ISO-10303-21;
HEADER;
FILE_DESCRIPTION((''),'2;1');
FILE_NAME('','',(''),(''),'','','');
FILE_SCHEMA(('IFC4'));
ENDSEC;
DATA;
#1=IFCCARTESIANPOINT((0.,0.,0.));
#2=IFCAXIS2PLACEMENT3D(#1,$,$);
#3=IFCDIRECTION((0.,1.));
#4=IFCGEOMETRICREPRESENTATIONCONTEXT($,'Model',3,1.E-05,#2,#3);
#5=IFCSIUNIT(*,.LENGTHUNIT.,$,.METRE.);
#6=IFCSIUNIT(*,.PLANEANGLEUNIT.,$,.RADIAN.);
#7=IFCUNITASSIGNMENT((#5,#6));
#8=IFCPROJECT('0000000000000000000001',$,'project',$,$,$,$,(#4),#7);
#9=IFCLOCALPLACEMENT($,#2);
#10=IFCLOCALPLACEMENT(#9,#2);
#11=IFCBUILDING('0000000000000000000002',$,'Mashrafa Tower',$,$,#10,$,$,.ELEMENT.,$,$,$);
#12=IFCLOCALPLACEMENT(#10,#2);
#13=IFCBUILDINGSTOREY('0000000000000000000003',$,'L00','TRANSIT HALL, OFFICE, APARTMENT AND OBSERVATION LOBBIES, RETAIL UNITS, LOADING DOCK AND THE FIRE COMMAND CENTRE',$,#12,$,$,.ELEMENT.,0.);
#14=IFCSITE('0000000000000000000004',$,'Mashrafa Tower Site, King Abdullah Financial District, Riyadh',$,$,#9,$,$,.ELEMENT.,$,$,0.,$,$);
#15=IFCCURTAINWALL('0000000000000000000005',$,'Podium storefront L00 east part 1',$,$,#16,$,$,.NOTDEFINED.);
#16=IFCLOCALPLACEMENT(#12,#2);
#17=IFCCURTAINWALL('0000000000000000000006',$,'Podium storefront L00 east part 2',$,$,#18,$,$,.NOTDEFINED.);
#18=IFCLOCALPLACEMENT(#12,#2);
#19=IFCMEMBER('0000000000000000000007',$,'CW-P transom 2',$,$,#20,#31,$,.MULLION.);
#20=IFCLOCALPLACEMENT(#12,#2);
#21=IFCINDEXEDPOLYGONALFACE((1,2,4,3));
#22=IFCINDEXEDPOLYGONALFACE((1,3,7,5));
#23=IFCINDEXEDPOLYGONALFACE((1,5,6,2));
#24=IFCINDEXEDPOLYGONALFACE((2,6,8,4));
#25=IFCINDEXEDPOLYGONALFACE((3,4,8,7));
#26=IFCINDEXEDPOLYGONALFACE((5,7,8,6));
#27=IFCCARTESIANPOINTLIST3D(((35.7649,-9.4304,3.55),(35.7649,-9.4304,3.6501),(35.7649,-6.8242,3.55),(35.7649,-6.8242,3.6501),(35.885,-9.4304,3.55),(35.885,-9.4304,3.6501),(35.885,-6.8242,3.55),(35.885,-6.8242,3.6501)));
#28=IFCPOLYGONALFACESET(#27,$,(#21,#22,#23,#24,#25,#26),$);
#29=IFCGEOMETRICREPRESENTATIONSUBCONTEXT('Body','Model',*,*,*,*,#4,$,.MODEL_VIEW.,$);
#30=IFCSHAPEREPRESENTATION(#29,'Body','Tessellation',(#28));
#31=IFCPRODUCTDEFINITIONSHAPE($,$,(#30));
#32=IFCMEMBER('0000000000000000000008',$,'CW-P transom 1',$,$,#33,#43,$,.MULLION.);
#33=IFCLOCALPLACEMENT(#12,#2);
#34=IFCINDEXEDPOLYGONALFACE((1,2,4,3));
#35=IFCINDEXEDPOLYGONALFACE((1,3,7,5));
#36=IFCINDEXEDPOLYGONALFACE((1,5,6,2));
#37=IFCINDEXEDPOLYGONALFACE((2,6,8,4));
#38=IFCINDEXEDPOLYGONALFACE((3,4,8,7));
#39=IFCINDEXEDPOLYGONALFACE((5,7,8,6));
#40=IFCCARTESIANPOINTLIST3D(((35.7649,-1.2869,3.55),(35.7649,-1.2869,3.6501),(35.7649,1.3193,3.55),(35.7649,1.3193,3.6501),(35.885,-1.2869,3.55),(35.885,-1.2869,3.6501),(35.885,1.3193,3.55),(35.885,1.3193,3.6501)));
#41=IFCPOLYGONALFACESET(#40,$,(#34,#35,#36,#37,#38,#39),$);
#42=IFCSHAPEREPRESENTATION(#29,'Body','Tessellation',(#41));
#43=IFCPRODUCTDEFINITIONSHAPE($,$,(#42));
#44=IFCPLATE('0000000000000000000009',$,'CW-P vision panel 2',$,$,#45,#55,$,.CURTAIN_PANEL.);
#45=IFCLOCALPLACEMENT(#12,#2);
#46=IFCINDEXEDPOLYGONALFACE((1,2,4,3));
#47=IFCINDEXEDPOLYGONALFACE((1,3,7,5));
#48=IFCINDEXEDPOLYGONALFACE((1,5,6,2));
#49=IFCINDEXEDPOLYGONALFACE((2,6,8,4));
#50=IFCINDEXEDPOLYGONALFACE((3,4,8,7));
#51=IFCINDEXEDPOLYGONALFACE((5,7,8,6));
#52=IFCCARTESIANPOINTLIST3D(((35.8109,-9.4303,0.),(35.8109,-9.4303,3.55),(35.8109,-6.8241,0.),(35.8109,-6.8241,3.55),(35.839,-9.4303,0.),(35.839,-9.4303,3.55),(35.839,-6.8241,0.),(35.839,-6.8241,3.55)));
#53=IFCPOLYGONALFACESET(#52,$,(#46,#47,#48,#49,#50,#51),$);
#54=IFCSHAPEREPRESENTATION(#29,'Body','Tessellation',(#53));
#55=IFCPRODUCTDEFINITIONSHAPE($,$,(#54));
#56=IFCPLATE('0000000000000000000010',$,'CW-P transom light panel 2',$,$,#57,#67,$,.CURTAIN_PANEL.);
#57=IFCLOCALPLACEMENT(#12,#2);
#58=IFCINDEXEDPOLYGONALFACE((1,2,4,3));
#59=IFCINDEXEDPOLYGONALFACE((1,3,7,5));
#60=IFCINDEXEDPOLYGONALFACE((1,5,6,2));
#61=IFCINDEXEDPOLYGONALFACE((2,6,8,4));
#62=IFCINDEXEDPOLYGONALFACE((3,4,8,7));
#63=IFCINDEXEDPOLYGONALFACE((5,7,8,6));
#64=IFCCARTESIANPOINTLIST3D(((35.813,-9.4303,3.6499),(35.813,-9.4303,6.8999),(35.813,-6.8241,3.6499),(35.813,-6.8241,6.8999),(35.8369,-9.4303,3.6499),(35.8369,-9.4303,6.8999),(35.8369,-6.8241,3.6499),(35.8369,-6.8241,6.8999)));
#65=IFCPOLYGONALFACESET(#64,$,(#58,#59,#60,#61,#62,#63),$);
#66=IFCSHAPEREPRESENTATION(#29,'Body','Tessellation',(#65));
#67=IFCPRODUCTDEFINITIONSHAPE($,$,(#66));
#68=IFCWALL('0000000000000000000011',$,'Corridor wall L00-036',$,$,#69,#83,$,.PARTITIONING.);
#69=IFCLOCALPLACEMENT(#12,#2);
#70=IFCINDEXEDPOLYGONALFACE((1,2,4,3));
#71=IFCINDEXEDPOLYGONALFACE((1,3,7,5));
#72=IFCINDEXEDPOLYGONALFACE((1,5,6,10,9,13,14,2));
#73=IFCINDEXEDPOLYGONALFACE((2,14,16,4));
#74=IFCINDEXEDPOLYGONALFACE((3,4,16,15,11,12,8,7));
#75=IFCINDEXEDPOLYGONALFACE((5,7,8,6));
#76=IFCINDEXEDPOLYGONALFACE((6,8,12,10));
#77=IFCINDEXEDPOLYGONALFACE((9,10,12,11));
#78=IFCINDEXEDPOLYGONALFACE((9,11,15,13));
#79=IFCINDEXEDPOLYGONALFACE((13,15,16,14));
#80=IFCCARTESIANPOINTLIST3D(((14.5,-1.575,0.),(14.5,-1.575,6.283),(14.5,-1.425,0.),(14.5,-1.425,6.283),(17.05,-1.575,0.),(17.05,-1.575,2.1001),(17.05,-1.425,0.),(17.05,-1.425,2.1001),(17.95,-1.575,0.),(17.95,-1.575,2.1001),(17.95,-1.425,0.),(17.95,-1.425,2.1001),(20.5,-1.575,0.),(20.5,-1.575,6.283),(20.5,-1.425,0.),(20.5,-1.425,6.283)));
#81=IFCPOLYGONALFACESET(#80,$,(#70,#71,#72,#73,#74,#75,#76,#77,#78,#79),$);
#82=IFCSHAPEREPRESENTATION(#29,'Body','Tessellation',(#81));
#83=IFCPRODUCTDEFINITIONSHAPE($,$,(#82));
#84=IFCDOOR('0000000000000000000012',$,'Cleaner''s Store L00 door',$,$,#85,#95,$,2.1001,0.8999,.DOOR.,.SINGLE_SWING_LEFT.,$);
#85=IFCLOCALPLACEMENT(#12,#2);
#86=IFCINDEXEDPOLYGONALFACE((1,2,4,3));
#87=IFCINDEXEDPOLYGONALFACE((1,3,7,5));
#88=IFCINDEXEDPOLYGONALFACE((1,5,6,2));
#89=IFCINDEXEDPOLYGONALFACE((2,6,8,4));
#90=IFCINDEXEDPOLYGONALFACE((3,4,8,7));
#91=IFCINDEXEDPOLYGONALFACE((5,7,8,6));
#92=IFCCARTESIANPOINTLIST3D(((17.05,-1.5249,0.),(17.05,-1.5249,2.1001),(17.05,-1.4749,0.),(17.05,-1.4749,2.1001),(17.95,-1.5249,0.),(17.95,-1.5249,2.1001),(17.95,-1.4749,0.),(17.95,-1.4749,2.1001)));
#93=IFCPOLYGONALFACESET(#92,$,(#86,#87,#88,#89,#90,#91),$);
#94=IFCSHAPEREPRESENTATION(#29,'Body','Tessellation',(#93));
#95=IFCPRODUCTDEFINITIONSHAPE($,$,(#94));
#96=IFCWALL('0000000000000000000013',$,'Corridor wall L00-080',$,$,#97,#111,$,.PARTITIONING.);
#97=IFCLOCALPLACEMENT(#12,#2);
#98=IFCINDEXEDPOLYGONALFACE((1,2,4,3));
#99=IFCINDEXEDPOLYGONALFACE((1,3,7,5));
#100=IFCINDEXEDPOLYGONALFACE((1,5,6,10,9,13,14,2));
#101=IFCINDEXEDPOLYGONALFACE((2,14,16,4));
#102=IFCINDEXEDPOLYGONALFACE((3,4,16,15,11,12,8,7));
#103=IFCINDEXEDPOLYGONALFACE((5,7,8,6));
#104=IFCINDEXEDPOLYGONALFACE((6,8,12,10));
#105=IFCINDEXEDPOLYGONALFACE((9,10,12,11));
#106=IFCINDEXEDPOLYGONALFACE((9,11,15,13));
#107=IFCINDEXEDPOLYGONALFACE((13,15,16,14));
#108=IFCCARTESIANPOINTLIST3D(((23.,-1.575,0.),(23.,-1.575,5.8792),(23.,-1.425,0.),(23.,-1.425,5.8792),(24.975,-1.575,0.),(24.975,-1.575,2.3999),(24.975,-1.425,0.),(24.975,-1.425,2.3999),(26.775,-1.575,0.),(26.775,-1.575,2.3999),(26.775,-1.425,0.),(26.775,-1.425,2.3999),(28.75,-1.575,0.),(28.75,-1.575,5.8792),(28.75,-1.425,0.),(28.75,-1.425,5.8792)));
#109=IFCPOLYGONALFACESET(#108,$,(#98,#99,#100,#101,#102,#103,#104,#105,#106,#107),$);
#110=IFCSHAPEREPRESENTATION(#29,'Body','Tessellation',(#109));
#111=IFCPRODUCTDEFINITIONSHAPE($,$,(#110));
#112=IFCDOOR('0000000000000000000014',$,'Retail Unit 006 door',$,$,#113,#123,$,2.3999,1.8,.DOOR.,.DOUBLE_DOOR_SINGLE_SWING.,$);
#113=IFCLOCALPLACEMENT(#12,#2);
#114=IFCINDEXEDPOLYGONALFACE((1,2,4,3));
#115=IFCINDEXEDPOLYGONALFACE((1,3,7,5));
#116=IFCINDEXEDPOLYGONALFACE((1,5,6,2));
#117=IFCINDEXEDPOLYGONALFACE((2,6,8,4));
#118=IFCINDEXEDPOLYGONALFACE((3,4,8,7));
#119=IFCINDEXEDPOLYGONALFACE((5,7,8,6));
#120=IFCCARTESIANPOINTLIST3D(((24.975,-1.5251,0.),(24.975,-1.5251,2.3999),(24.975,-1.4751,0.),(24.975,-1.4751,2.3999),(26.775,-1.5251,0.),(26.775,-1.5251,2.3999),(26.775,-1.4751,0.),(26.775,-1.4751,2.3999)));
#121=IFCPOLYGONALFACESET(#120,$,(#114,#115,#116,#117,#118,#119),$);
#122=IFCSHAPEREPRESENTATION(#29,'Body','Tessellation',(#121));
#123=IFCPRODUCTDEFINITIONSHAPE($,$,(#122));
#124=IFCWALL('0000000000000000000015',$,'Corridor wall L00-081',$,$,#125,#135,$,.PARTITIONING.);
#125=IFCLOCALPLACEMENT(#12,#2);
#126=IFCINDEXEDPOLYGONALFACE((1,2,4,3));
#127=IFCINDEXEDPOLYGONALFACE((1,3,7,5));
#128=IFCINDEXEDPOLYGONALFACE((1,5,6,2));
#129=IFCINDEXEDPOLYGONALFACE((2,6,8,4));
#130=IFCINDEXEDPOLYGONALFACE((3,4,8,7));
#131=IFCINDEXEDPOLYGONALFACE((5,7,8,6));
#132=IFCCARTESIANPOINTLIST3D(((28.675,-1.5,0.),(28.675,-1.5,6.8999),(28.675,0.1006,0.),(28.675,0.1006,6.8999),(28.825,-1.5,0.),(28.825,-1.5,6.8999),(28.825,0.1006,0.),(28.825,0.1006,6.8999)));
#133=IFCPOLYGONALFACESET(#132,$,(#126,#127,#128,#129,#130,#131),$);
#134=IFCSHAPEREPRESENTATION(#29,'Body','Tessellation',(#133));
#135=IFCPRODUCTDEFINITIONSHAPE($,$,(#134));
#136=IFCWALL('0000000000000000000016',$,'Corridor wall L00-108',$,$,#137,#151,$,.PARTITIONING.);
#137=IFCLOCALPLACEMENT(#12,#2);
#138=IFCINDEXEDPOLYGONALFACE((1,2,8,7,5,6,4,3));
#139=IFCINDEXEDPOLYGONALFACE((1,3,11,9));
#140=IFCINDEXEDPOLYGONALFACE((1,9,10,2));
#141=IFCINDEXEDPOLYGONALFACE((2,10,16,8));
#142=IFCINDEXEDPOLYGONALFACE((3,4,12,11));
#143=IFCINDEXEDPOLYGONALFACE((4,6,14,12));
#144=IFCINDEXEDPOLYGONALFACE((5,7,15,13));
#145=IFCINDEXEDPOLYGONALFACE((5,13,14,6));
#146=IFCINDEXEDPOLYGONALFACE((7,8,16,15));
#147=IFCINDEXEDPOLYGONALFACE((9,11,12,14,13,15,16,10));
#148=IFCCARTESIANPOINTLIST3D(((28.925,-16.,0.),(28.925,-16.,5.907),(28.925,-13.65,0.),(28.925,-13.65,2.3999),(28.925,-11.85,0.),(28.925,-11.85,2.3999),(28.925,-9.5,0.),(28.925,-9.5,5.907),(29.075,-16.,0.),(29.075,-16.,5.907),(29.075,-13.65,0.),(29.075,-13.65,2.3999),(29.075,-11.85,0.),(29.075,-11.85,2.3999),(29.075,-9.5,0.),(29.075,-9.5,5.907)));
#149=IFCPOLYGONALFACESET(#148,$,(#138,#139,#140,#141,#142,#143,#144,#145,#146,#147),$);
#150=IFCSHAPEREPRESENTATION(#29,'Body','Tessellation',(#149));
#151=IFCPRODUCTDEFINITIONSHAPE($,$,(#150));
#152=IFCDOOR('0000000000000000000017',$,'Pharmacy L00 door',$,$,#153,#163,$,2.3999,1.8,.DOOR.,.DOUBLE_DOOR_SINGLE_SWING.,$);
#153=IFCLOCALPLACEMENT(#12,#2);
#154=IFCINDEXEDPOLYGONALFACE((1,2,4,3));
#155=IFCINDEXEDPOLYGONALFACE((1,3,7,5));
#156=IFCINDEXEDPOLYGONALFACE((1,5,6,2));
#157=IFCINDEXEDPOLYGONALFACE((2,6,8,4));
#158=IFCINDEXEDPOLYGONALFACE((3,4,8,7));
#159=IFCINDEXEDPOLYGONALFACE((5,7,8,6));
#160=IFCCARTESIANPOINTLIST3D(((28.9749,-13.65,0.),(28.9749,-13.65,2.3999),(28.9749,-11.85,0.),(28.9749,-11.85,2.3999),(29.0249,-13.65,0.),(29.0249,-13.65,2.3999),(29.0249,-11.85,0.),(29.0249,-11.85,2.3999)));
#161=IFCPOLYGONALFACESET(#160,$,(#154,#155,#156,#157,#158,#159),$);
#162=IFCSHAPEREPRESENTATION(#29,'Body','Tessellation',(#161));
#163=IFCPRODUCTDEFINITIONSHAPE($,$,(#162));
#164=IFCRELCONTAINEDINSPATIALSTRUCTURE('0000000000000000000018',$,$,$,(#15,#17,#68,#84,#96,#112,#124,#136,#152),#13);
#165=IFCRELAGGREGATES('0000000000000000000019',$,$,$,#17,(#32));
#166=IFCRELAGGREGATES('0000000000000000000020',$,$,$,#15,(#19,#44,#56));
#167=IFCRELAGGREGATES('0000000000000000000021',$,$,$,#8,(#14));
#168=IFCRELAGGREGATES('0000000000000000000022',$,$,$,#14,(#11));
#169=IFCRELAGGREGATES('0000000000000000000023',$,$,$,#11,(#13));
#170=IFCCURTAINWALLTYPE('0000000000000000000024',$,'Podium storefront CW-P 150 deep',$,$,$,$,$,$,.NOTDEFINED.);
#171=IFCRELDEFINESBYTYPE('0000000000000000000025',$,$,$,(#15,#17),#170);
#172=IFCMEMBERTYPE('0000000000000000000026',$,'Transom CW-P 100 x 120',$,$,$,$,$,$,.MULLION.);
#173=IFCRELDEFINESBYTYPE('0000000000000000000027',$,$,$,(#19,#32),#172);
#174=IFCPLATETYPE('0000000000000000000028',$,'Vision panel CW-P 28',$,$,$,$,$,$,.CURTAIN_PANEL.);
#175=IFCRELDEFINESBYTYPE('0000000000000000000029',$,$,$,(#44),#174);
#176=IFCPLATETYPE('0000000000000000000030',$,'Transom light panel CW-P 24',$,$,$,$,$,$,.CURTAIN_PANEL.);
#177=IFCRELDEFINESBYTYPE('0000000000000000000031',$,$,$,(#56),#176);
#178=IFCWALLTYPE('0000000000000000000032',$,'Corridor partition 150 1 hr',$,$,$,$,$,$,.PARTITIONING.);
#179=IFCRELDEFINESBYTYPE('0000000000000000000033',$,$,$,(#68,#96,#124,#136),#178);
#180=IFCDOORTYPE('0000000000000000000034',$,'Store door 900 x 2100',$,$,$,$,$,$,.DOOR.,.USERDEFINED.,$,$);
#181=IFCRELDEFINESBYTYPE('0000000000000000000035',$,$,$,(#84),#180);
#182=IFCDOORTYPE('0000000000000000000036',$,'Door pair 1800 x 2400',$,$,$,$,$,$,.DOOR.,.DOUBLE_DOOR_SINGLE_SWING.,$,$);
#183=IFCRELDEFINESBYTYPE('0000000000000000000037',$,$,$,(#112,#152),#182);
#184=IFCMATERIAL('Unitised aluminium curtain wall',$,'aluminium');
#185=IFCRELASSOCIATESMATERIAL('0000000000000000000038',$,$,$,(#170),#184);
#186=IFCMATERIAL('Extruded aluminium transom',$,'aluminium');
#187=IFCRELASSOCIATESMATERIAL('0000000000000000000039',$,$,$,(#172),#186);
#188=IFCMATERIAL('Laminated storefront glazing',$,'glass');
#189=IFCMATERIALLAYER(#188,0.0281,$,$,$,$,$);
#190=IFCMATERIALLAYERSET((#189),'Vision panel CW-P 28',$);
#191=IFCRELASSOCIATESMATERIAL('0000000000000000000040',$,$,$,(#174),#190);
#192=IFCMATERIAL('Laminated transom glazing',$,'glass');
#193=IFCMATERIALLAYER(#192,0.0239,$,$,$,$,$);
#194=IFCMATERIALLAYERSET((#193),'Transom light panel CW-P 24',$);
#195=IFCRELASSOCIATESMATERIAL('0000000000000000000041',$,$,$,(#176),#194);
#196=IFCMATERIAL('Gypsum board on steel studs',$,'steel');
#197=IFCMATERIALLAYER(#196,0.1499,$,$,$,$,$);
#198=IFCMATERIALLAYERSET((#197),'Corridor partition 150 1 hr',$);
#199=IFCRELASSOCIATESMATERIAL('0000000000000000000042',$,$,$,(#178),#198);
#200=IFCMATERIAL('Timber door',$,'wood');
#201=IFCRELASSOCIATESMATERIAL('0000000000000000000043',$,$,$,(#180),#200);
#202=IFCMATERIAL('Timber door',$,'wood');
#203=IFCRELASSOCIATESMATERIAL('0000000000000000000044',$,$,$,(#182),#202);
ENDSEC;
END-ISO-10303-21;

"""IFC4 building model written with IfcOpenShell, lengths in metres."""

from ifc_helpers import new_model, si_unit, direction, frame, frame_2d, origin, origin_2d, place, context, subcontext, project, spatial, rectangle, extrude, source, transform, mapped, material, layer, layer_set, material_profile, profile_set, type_object, type_shapes, element, fill, aggregate, save


model = new_model("IFC4")

# Units and contexts
model_context = context("Model", 3, precision=1e-05, world=origin(), true_north=direction((0.0, 1.0)))
body_context = subcontext(model_context, "Body", "Model", "MODEL_VIEW")
ifc_project = project(units=[si_unit("LENGTHUNIT", "METRE"), si_unit("PLANEANGLEUNIT", "RADIAN")], contexts=[model_context])

# Site, building, storey
site_placement = place(None, origin())
site = spatial("IfcSite", under=ifc_project, at=site_placement, Name="Mashrafa Tower Site, King Abdullah Financial District, Riyadh", CompositionType="ELEMENT", RefElevation=0.0)
building_placement = place(site_placement, origin())
building = spatial("IfcBuilding", under=site, at=building_placement, Name="Mashrafa Tower", CompositionType="ELEMENT")
storey_placement = place(building_placement, origin())
storey = spatial("IfcBuildingStorey", under=building, at=storey_placement, Name="L00", Description="TRANSIT HALL, OFFICE, APARTMENT AND OBSERVATION LOBBIES, RETAIL UNITS, LOADING DOCK AND THE FIRE COMMAND CENTRE", CompositionType="ELEMENT", Elevation=0.0)

# Curtain wall
ifc_material_1 = material(Name="Unitised aluminium curtain wall", Category="aluminium")
curtain_wall_type = type_object("IfcCurtainWallType", Name="Podium storefront CW-P 150 deep", PredefinedType="NOTDEFINED", material=ifc_material_1)
curtain_wall_1_placement = place(storey_placement, origin())
curtain_wall_1 = element("IfcCurtainWall", 1, at=curtain_wall_1_placement, inside=storey, type_object=curtain_wall_type, Name="Podium storefront L00 east part 1", PredefinedType="NOTDEFINED")

# Curtain wall
curtain_wall_2_placement = place(storey_placement, origin())
curtain_wall_2 = element("IfcCurtainWall", 2, at=curtain_wall_2_placement, inside=storey, type_object=curtain_wall_type, Name="Podium storefront L00 east part 2", PredefinedType="NOTDEFINED")

# Members
ifc_material_2 = material(Name="Extruded aluminium transom", Category="aluminium")
ifc_material_profile_1 = material_profile(ifc_material_2, rectangle(XDim=0.1201, YDim=0.1001, at=origin_2d()), Name="Transom 100x120")
ifc_profile_set_1 = profile_set([ifc_material_profile_1], Name="Extruded aluminium transom")
member_type_1 = type_object("IfcMemberType", Name="Transom CW-P 100 x 120", PredefinedType="MULLION", material=ifc_profile_set_1)
shared_shape_1 = source(origin(), body_context, "Body", "SweptSolid", [
    extrude(rectangle(XDim=0.1201, YDim=0.1001, at=origin_2d()), origin(), (0.0, 0.0, 1.0), 2.6062),
])
type_shapes(member_type_1, [shared_shape_1])
member_1_placement = place(storey_placement, frame((35.825, -9.4304, 3.6001), z_axis=(0.0, 1.0, 0.0), x_axis=(-1.0, 0.0, 0.0)))
member_1 = element("IfcMember", 3, at=member_1_placement, type_object=member_type_1, Name="CW-P transom 2", PredefinedType="MULLION", context=body_context, shape_type="MappedRepresentation", body=[
    mapped(shared_shape_1, transform((0.0, 0.0, 0.0))),
])
member_2_placement = place(storey_placement, frame((35.825, -1.2869, 3.6001), z_axis=(0.0, 1.0, 0.0), x_axis=(-1.0, 0.0, 0.0)))
member_2 = element("IfcMember", 4, at=member_2_placement, type_object=member_type_1, Name="CW-P transom 1", PredefinedType="MULLION", context=body_context, shape_type="MappedRepresentation", body=[
    mapped(shared_shape_1, transform((0.0, 0.0, 0.0))),
])
aggregate(curtain_wall_2, [member_2])

# Plates
ifc_material_3 = material(Name="Laminated storefront glazing", Category="glass")
ifc_layer_1 = layer(ifc_material_3, 0.0281)
ifc_layer_set_1 = layer_set([ifc_layer_1], Name="Vision panel CW-P 28")
plate_type_1 = type_object("IfcPlateType", Name="Vision panel CW-P 28", PredefinedType="CURTAIN_PANEL", material=ifc_layer_set_1)
shared_shape_2 = source(origin(), body_context, "Body", "SweptSolid", [
    extrude(rectangle(XDim=2.6062, YDim=0.0281, at=origin_2d()), origin(), (0.0, 0.0, 1.0), 3.55),
])
type_shapes(plate_type_1, [shared_shape_2])
plate_1_placement = place(storey_placement, frame((35.825, -8.1272, 0.0), z_axis=(0.0, 0.0, 1.0), x_axis=(0.0, 1.0, 0.0)))
plate_1 = element("IfcPlate", 5, at=plate_1_placement, type_object=plate_type_1, Name="CW-P vision panel 2", PredefinedType="CURTAIN_PANEL", context=body_context, shape_type="MappedRepresentation", body=[
    mapped(shared_shape_2, transform((0.0, 0.0, 0.0))),
])
ifc_material_4 = material(Name="Laminated transom glazing", Category="glass")
ifc_layer_2 = layer(ifc_material_4, 0.0239)
ifc_layer_set_2 = layer_set([ifc_layer_2], Name="Transom light panel CW-P 24")
plate_type_2 = type_object("IfcPlateType", Name="Transom light panel CW-P 24", PredefinedType="CURTAIN_PANEL", material=ifc_layer_set_2)
shared_shape_3 = source(origin(), body_context, "Body", "SweptSolid", [
    extrude(rectangle(XDim=2.6062, YDim=0.0239, at=origin_2d()), origin(), (0.0, 0.0, 1.0), 3.25),
])
type_shapes(plate_type_2, [shared_shape_3])
plate_2_placement = place(storey_placement, frame((35.825, -8.1272, 3.6499), z_axis=(0.0, 0.0, 1.0), x_axis=(0.0, 1.0, 0.0)))
plate_2 = element("IfcPlate", 6, at=plate_2_placement, type_object=plate_type_2, Name="CW-P transom light panel 2", PredefinedType="CURTAIN_PANEL", context=body_context, shape_type="MappedRepresentation", body=[
    mapped(shared_shape_3, transform((0.0, 0.0, 0.0))),
])
aggregate(curtain_wall_1, [member_1, plate_1, plate_2])

# Walls, openings, doors
ifc_material_5 = material(Name="Gypsum board on steel studs", Category="steel")
ifc_layer_3 = layer(ifc_material_5, 0.1499)
ifc_layer_set_3 = layer_set([ifc_layer_3], Name="Corridor partition 150 1 hr")
wall_type_1 = type_object("IfcWallType", Name="Corridor partition 150 1 hr", PredefinedType="PARTITIONING", material=ifc_layer_set_3)
wall_1_placement = place(storey_placement, frame((20.5, -1.5, 0.0), z_axis=(0.0, 0.0, 1.0), x_axis=(-1.0, 0.0, 0.0)))
wall_1 = element("IfcWall", 7, at=wall_1_placement, inside=storey, type_object=wall_type_1, Name="Corridor wall L00-036", PredefinedType="PARTITIONING", context=body_context, shape_type="SweptSolid", body=[
    extrude(rectangle(XDim=6.0, YDim=0.1499, at=frame_2d((3.0, 0.0))), origin(), (0.0, 0.0, 1.0), 6.283),
])
opening_1_placement = place(wall_1_placement, frame((2.55, 0.0, 0.0)))
opening_1 = element("IfcOpeningElement", 8, at=opening_1_placement, cuts=wall_1, PredefinedType="OPENING", context=body_context, shape_type="SweptSolid", body=[
    extrude(rectangle(XDim=0.8999, YDim=2.1001, at=frame_2d((0.45, 1.05))), frame((0.0, 0.085, 0.0), z_axis=(0.0, -1.0, 0.0), x_axis=(1.0, 0.0, 0.0)), (0.0, 0.0, 1.0), 0.1699),
])
ifc_material_6 = material(Name="Timber door", Category="wood")
door_type_1 = type_object("IfcDoorType", Name="Store door 900 x 2100", OperationType="USERDEFINED", PredefinedType="DOOR", material=ifc_material_6)
door_1_placement = place(opening_1_placement, origin())
door_1 = element("IfcDoor", 9, at=door_1_placement, inside=storey, type_object=door_type_1, Name="Cleaner's Store L00 door", OperationType="SINGLE_SWING_LEFT", OverallHeight=2.1001, OverallWidth=0.8999, PredefinedType="DOOR", context=body_context, shape_type="SweptSolid", body=[
    extrude(rectangle(XDim=0.8999, YDim=2.1001, at=frame_2d((0.45, 1.05))), frame((0.0, 0.0249, 0.0), z_axis=(0.0, -1.0, 0.0), x_axis=(1.0, 0.0, 0.0)), (0.0, 0.0, 1.0), 0.05),
])
fill(opening_1, door_1)
wall_2_placement = place(storey_placement, frame((23.0, -1.5, 0.0), z_axis=(0.0, 0.0, 1.0), x_axis=(1.0, 0.0, 0.0)))
wall_2 = element("IfcWall", 10, at=wall_2_placement, inside=storey, type_object=wall_type_1, Name="Corridor wall L00-080", PredefinedType="PARTITIONING", context=body_context, shape_type="SweptSolid", body=[
    extrude(rectangle(XDim=5.75, YDim=0.1499, at=frame_2d((2.875, 0.0))), origin(), (0.0, 0.0, 1.0), 5.8792),
])
opening_2_placement = place(wall_2_placement, frame((1.9751, 0.0, 0.0)))
opening_2 = element("IfcOpeningElement", 11, at=opening_2_placement, cuts=wall_2, PredefinedType="OPENING", context=body_context, shape_type="SweptSolid", body=[
    extrude(rectangle(XDim=1.8, YDim=2.3999, at=frame_2d((0.8999, 1.2))), frame((0.0, 0.085, 0.0), z_axis=(0.0, -1.0, 0.0), x_axis=(1.0, 0.0, 0.0)), (0.0, 0.0, 1.0), 0.1699),
])
ifc_material_7 = material(Name="Timber door", Category="wood")
door_type_2 = type_object("IfcDoorType", Name="Door pair 1800 x 2400", OperationType="DOUBLE_DOOR_SINGLE_SWING", PredefinedType="DOOR", material=ifc_material_7)
door_2_placement = place(opening_2_placement, origin())
door_2 = element("IfcDoor", 12, at=door_2_placement, inside=storey, type_object=door_type_2, Name="Retail Unit 006 door", OperationType="DOUBLE_DOOR_SINGLE_SWING", OverallHeight=2.3999, OverallWidth=1.8, PredefinedType="DOOR", context=body_context, shape_type="SweptSolid", body=[
    extrude(rectangle(XDim=1.8, YDim=2.3999, at=frame_2d((0.8999, 1.2))), frame((0.0, 0.0249, 0.0), z_axis=(0.0, -1.0, 0.0), x_axis=(1.0, 0.0, 0.0)), (0.0, 0.0, 1.0), 0.05),
])
fill(opening_2, door_2)

# Wall
wall_3_placement = place(storey_placement, frame((28.75, -1.5, 0.0), z_axis=(0.0, 0.0, 1.0), x_axis=(0.0, 1.0, 0.0)))
element("IfcWall", 13, at=wall_3_placement, inside=storey, type_object=wall_type_1, Name="Corridor wall L00-081", PredefinedType="PARTITIONING", context=body_context, shape_type="SweptSolid", body=[
    extrude(rectangle(XDim=1.6006, YDim=0.1499, at=frame_2d((0.8003, 0.0))), origin(), (0.0, 0.0, 1.0), 6.8999),
])

# Wall, opening, door
wall_4_placement = place(storey_placement, frame((29.0, -9.5, 0.0), z_axis=(0.0, 0.0, 1.0), x_axis=(0.0, -1.0, 0.0)))
wall_4 = element("IfcWall", 14, at=wall_4_placement, inside=storey, type_object=wall_type_1, Name="Corridor wall L00-108", PredefinedType="PARTITIONING", context=body_context, shape_type="SweptSolid", body=[
    extrude(rectangle(XDim=6.5, YDim=0.1499, at=frame_2d((3.25, 0.0))), origin(), (0.0, 0.0, 1.0), 5.907),
])
opening_3_placement = place(wall_4_placement, frame((2.3501, 0.0, 0.0)))
opening_3 = element("IfcOpeningElement", 15, at=opening_3_placement, cuts=wall_4, PredefinedType="OPENING", context=body_context, shape_type="SweptSolid", body=[
    extrude(rectangle(XDim=1.8, YDim=2.3999, at=frame_2d((0.8999, 1.2))), frame((0.0, 0.085, 0.0), z_axis=(0.0, -1.0, 0.0), x_axis=(1.0, 0.0, 0.0)), (0.0, 0.0, 1.0), 0.1699),
])
door_3_placement = place(opening_3_placement, origin())
door_3 = element("IfcDoor", 16, at=door_3_placement, inside=storey, type_object=door_type_2, Name="Pharmacy L00 door", OperationType="DOUBLE_DOOR_SINGLE_SWING", OverallHeight=2.3999, OverallWidth=1.8, PredefinedType="DOOR", context=body_context, shape_type="SweptSolid", body=[
    extrude(rectangle(XDim=1.8, YDim=2.3999, at=frame_2d((0.8999, 1.2))), frame((0.0, 0.0249, 0.0), z_axis=(0.0, -1.0, 0.0), x_axis=(1.0, 0.0, 0.0)), (0.0, 0.0, 1.0), 0.05),
])
fill(opening_3, door_3)

save(model, "model.ifc")
